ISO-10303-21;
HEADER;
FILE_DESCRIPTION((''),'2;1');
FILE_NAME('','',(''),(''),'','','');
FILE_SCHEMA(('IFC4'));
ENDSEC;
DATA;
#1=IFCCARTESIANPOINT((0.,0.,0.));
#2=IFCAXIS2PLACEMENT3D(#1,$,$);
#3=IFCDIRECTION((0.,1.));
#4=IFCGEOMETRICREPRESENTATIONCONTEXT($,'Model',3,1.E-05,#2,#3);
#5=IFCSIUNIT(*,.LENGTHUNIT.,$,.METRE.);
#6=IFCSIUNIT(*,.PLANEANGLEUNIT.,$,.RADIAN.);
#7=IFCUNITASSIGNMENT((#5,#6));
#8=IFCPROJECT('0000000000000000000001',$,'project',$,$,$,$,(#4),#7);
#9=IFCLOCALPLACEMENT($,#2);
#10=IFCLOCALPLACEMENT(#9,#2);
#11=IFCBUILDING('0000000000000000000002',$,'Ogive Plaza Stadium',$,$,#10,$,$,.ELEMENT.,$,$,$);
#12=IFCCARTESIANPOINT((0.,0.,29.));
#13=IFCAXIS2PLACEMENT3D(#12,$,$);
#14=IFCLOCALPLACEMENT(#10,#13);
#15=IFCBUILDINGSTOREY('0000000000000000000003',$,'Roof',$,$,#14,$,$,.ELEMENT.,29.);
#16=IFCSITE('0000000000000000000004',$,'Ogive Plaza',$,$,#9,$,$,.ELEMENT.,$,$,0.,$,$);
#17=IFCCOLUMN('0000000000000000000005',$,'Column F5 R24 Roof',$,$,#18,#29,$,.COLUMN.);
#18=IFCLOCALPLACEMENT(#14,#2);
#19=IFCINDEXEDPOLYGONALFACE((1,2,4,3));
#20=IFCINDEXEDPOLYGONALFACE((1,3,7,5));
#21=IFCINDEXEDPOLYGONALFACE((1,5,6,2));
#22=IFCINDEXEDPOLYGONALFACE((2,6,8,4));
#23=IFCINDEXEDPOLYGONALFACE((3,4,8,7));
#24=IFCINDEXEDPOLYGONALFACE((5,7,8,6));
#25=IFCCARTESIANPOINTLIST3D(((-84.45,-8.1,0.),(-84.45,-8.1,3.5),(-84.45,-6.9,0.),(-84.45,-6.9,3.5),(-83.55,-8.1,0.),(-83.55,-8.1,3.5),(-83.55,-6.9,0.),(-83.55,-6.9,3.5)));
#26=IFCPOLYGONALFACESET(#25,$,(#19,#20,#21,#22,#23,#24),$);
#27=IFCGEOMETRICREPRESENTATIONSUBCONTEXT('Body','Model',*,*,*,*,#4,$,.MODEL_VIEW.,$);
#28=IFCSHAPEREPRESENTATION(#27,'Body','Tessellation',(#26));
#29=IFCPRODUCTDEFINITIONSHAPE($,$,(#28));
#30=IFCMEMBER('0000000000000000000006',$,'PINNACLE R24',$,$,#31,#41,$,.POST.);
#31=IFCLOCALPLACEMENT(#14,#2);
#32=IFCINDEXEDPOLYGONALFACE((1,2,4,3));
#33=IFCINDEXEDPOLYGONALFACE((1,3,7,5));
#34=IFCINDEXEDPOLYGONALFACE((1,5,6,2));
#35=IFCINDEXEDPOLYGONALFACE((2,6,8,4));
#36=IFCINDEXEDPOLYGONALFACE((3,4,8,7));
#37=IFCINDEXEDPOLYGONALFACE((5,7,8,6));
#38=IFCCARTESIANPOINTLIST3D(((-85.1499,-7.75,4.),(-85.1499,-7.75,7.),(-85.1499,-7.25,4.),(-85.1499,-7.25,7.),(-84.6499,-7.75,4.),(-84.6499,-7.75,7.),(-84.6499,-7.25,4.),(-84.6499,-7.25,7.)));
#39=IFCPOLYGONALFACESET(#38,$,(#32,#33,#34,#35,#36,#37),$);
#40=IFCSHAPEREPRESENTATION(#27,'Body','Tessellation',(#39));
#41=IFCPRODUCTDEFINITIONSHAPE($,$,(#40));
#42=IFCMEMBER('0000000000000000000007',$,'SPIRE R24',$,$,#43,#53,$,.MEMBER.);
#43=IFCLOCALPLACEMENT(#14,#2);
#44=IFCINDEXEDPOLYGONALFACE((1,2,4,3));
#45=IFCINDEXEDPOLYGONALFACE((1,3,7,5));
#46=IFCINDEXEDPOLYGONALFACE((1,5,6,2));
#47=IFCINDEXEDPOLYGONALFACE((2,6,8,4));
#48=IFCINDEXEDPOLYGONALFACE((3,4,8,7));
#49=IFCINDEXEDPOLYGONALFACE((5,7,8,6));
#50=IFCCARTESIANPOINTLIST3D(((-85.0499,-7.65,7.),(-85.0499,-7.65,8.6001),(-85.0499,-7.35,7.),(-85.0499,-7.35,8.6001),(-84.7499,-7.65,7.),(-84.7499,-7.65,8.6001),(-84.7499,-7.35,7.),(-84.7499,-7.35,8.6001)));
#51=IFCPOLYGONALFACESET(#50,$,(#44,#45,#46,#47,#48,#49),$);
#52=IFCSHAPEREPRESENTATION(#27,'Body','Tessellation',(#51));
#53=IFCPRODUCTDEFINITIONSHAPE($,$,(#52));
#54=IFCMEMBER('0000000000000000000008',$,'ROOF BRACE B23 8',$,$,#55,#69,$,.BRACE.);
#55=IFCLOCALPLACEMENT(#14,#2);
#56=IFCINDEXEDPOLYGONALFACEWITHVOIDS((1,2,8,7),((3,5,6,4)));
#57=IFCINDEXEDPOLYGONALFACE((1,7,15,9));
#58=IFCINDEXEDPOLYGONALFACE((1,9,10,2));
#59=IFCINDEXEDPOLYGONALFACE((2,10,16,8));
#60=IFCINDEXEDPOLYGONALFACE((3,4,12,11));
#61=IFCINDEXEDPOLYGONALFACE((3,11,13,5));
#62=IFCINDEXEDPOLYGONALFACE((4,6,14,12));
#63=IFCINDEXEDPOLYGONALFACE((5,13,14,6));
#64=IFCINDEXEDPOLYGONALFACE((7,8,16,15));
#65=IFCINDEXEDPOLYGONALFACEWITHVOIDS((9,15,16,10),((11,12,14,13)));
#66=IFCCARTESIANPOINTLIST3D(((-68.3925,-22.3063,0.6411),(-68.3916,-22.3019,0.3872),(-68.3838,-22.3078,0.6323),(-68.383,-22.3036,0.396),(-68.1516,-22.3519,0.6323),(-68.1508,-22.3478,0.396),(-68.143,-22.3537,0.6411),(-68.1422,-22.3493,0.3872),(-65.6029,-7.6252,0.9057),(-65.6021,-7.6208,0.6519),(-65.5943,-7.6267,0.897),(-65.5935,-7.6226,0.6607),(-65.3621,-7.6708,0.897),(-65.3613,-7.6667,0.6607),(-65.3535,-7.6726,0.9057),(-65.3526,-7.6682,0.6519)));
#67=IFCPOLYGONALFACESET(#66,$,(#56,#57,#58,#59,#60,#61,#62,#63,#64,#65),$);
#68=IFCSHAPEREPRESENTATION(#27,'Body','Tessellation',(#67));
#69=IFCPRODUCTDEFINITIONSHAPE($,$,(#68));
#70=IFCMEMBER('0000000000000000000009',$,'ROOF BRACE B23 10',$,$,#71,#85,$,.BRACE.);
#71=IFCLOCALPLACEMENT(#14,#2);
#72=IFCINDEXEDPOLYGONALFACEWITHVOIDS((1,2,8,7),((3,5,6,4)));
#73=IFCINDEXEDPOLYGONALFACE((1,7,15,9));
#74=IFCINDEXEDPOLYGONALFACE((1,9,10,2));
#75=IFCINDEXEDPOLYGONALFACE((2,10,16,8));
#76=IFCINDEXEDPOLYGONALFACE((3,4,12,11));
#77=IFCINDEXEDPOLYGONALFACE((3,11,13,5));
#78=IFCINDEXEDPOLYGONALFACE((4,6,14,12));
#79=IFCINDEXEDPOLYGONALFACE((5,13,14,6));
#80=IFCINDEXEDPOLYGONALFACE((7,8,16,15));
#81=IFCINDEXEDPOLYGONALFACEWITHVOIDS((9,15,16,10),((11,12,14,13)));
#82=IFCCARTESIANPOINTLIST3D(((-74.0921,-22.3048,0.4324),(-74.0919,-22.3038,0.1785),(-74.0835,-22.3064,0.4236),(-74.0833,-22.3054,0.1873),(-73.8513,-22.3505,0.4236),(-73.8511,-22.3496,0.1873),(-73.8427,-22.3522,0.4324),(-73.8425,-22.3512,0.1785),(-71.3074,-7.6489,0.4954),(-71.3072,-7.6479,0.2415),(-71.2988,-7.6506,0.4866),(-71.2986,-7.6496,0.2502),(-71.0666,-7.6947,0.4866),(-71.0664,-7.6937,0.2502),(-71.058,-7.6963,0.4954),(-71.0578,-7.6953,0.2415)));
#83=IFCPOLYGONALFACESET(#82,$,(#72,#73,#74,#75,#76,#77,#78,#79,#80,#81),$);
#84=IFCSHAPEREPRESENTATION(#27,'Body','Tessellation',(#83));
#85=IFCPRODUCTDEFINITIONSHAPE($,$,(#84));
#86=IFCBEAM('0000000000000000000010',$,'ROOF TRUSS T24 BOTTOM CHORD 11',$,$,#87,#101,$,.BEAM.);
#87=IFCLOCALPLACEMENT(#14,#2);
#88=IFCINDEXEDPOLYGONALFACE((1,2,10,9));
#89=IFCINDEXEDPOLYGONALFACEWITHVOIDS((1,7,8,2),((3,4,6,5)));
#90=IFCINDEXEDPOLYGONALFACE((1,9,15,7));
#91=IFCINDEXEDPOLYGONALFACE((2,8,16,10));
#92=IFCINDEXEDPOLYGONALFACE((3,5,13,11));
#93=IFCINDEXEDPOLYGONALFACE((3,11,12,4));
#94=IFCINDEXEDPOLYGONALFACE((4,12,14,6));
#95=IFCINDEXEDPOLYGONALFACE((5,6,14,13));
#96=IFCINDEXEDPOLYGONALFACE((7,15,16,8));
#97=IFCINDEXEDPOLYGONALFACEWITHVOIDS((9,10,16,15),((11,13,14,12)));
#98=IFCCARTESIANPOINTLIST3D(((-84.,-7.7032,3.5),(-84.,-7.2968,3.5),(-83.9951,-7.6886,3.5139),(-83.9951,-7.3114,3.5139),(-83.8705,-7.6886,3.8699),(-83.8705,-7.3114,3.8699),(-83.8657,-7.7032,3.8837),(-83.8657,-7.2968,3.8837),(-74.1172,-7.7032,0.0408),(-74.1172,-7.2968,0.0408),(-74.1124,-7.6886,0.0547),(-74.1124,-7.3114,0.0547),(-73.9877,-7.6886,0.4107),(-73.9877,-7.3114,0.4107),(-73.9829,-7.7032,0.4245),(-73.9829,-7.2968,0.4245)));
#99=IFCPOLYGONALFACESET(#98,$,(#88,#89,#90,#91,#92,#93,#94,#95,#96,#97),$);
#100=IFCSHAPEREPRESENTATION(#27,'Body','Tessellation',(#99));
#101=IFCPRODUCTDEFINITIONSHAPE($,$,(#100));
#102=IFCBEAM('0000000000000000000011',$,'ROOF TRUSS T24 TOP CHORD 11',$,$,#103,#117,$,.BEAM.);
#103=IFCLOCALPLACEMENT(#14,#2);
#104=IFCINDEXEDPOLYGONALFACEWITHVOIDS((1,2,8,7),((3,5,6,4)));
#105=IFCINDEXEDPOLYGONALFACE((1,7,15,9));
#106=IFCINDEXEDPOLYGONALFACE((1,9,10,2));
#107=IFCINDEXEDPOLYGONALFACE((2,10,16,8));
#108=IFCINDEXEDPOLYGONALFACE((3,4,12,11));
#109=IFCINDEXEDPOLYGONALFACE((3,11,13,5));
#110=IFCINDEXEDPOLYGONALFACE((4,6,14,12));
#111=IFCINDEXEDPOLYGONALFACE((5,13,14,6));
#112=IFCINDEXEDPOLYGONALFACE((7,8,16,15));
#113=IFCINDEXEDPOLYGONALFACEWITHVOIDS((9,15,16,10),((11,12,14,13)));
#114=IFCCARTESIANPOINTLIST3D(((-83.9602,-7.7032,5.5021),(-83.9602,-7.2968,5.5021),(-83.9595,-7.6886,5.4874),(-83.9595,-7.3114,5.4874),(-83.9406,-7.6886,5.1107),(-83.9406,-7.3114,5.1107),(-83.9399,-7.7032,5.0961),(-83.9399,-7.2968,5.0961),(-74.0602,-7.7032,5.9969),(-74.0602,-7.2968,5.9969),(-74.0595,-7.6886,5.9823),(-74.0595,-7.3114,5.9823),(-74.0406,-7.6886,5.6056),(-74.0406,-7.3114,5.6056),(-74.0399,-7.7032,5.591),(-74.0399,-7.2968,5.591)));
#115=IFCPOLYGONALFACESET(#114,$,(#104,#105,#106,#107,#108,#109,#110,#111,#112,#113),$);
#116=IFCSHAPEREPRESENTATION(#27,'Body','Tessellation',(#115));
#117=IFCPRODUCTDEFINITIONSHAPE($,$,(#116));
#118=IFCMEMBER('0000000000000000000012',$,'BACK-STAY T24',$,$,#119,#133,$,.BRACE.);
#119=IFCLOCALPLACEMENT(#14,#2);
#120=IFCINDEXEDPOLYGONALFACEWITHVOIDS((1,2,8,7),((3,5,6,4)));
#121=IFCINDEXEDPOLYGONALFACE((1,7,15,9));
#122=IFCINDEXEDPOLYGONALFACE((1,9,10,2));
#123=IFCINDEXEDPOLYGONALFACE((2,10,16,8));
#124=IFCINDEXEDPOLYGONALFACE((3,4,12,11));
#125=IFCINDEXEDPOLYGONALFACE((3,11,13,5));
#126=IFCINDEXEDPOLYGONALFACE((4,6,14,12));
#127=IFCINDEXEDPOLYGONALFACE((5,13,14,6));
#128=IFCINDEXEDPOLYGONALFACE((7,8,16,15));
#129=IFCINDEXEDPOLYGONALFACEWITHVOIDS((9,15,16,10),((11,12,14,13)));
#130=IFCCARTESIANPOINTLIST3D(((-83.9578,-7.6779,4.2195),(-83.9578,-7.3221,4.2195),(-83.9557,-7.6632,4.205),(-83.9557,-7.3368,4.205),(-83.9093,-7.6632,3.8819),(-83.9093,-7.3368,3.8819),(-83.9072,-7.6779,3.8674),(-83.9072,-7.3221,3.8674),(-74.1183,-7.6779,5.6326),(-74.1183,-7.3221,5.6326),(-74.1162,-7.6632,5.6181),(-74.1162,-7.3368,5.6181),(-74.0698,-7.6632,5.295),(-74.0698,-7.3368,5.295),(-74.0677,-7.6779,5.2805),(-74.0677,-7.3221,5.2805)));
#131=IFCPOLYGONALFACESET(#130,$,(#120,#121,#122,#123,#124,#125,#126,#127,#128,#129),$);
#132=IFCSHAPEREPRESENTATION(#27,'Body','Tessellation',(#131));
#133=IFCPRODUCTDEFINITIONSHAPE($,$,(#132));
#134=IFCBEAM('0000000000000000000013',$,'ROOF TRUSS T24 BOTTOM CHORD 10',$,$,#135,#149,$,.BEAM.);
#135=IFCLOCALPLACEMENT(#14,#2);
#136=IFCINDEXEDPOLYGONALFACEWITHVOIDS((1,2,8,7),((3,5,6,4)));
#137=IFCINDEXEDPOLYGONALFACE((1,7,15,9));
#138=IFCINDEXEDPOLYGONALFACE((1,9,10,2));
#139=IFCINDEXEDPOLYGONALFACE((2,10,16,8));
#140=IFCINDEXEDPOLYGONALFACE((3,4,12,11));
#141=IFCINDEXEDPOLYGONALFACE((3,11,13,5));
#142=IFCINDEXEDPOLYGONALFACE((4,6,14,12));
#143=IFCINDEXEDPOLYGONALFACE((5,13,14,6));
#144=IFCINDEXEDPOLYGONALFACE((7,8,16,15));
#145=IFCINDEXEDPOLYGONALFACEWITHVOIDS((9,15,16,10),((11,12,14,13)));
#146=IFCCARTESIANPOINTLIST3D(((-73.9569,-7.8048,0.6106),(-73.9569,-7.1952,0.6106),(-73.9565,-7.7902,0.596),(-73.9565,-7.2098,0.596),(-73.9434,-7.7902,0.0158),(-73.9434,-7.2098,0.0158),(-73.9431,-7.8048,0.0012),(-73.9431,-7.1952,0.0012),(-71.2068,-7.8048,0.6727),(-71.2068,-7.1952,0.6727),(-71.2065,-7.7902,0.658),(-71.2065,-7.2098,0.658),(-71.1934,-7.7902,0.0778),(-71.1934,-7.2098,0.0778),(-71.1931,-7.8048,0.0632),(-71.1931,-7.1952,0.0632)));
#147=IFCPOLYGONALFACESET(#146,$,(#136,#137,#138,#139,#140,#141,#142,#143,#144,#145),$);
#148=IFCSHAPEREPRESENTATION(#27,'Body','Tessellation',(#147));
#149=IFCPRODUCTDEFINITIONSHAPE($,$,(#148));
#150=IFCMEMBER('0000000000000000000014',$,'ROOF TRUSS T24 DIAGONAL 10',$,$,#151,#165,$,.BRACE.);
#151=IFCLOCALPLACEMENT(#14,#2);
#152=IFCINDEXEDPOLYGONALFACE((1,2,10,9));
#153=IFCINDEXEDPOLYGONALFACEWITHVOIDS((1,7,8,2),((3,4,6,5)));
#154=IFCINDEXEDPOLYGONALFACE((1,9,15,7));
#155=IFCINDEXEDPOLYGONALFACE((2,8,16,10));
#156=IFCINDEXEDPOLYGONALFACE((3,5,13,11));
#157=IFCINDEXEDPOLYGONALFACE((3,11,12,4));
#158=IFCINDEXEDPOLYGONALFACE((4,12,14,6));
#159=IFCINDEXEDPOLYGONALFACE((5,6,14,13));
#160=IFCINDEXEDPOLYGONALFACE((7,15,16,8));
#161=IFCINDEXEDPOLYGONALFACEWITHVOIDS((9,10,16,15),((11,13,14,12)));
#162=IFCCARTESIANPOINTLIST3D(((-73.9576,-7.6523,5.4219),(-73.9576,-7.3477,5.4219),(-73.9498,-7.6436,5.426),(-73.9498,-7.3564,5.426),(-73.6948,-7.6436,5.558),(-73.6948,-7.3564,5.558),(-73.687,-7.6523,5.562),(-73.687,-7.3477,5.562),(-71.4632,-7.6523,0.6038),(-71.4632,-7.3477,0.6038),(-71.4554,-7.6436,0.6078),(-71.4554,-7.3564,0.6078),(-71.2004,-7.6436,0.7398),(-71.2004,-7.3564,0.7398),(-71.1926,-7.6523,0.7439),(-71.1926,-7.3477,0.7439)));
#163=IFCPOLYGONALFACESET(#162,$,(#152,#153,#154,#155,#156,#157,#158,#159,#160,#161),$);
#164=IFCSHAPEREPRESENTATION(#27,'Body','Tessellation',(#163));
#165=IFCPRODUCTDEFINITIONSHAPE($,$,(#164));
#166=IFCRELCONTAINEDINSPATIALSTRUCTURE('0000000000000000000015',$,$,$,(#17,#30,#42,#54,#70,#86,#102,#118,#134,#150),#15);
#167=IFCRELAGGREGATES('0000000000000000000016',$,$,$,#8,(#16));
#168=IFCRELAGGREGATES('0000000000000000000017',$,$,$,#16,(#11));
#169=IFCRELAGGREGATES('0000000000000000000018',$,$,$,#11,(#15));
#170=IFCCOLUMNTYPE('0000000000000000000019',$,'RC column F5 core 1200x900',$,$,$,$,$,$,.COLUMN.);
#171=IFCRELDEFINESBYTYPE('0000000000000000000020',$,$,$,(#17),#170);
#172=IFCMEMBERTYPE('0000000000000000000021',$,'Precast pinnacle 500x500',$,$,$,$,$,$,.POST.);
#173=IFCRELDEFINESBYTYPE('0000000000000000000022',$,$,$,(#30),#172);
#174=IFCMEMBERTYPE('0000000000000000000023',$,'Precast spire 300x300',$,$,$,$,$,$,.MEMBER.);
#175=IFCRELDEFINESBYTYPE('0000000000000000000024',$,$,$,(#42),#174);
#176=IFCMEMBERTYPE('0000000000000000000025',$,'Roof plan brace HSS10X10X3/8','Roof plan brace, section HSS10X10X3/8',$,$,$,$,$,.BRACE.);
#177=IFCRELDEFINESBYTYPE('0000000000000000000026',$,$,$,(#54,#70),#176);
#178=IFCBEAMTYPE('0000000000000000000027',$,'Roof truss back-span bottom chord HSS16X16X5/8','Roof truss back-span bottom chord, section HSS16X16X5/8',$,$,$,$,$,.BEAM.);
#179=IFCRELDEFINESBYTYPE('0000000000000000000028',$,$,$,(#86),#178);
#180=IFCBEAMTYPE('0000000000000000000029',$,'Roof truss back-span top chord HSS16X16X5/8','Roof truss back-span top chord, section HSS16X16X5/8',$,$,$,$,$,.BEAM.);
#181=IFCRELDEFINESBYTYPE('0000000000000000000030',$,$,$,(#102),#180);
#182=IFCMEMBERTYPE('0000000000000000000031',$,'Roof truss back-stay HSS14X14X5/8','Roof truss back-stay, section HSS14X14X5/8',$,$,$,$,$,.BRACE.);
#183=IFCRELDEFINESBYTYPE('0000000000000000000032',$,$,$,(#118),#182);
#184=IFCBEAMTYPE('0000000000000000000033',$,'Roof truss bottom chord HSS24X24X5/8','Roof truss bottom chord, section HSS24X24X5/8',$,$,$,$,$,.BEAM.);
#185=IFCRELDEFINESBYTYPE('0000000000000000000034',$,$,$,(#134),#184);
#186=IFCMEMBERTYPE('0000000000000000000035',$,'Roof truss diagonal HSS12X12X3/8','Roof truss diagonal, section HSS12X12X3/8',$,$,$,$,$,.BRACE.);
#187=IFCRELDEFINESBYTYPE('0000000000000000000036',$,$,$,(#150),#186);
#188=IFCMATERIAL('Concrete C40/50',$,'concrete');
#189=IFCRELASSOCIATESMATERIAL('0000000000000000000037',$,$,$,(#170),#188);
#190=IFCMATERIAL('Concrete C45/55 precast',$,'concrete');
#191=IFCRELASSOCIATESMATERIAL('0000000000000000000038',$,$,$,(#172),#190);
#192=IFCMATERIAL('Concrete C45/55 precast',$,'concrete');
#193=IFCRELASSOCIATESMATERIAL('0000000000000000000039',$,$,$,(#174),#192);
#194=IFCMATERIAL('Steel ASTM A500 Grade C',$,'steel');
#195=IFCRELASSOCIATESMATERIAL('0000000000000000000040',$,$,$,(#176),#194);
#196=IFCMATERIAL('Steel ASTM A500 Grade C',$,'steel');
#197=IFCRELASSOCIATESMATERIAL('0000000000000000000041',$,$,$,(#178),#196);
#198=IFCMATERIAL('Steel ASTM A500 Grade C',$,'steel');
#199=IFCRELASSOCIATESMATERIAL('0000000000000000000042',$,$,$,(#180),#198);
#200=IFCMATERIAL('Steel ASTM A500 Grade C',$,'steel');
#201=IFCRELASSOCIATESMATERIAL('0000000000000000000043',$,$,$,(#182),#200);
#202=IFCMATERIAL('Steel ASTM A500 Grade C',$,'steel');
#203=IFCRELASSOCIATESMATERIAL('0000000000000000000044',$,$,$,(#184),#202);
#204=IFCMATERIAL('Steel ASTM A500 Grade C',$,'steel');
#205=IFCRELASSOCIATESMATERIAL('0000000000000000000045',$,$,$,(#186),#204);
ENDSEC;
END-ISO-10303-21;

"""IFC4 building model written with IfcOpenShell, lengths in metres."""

from ifc_helpers import new_model, si_unit, direction, frame, origin, origin_2d, place, context, subcontext, project, spatial, rectangle, hollow_rectangle, extrude, material, material_profile, profile_set, type_object, element, save


model = new_model("IFC4")

# Units and contexts
model_context = context("Model", 3, precision=1e-05, world=origin(), true_north=direction((0.0, 1.0)))
body_context = subcontext(model_context, "Body", "Model", "MODEL_VIEW")
ifc_project = project(units=[si_unit("LENGTHUNIT", "METRE"), si_unit("PLANEANGLEUNIT", "RADIAN")], contexts=[model_context])

# Site, building, storey
site_placement = place(None, origin())
site = spatial("IfcSite", under=ifc_project, at=site_placement, Name="Ogive Plaza", CompositionType="ELEMENT", RefElevation=0.0)
building_placement = place(site_placement, origin())
building = spatial("IfcBuilding", under=site, at=building_placement, Name="Ogive Plaza Stadium", CompositionType="ELEMENT")
storey_placement = place(building_placement, frame((0.0, 0.0, 29.0)))
storey = spatial("IfcBuildingStorey", under=building, at=storey_placement, Name="Roof", CompositionType="ELEMENT", Elevation=29.0)

# Column
ifc_material_1 = material(Name="Concrete C40/50", Category="concrete")
ifc_material_profile_1 = material_profile(ifc_material_1, rectangle(XDim=1.2, YDim=0.8999, at=origin_2d()), Name="RC 1200x900")
ifc_profile_set_1 = profile_set([ifc_material_profile_1], Name="Concrete C40/50")
column_type = type_object("IfcColumnType", Name="RC column F5 core 1200x900", PredefinedType="COLUMN", material=ifc_profile_set_1)
column_placement = place(storey_placement, frame((-84.0, -7.5, 0.0), z_axis=(0.0, 0.0, 1.0), x_axis=(0.0, -1.0, 0.0)))
element("IfcColumn", 1, at=column_placement, inside=storey, type_object=column_type, Name="Column F5 R24 Roof", PredefinedType="COLUMN", context=body_context, shape_type="SweptSolid", body=[
    extrude(rectangle(XDim=1.2, YDim=0.8999, at=origin_2d()), origin(), (0.0, 0.0, 1.0), 3.5),
])

# Members
ifc_material_2 = material(Name="Concrete C45/55 precast", Category="concrete")
ifc_material_profile_2 = material_profile(ifc_material_2, rectangle(XDim=0.5, YDim=0.5, at=origin_2d()), Name="RC 500x500")
ifc_profile_set_2 = profile_set([ifc_material_profile_2], Name="Concrete C45/55 precast")
member_type_1 = type_object("IfcMemberType", Name="Precast pinnacle 500x500", PredefinedType="POST", material=ifc_profile_set_2)
member_1_placement = place(storey_placement, frame((-84.8999, -7.5, 4.0), z_axis=(0.0, 0.0, 1.0), x_axis=(0.0, -1.0, 0.0)))
element("IfcMember", 2, at=member_1_placement, inside=storey, type_object=member_type_1, Name="PINNACLE R24", PredefinedType="POST", context=body_context, shape_type="SweptSolid", body=[
    extrude(rectangle(XDim=0.5, YDim=0.5, at=origin_2d()), origin(), (0.0, 0.0, 1.0), 3.0),
])
ifc_material_3 = material(Name="Concrete C45/55 precast", Category="concrete")
ifc_material_profile_3 = material_profile(ifc_material_3, rectangle(XDim=0.3, YDim=0.3, at=origin_2d()), Name="RC 300x300")
ifc_profile_set_3 = profile_set([ifc_material_profile_3], Name="Concrete C45/55 precast")
member_type_2 = type_object("IfcMemberType", Name="Precast spire 300x300", PredefinedType="MEMBER", material=ifc_profile_set_3)
member_2_placement = place(storey_placement, frame((-84.8999, -7.5, 7.0), z_axis=(0.0, 0.0, 1.0), x_axis=(0.0, -1.0, 0.0)))
element("IfcMember", 3, at=member_2_placement, inside=storey, type_object=member_type_2, Name="SPIRE R24", PredefinedType="MEMBER", context=body_context, shape_type="SweptSolid", body=[
    extrude(rectangle(XDim=0.3, YDim=0.3, at=origin_2d()), origin(), (0.0, 0.0, 1.0), 1.6001),
])
ifc_material_4 = material(Name="Steel ASTM A500 Grade C", Category="steel")
ifc_material_profile_4 = material_profile(ifc_material_4, hollow_rectangle(XDim=0.2539, YDim=0.2539, WallThickness=0.0088, at=origin_2d()), Name="HSS10X10X3/8")
ifc_profile_set_4 = profile_set([ifc_material_profile_4], Name="Steel ASTM A500 Grade C")
member_type_3 = type_object("IfcMemberType", Name="Roof plan brace HSS10X10X3/8", Description="Roof plan brace, section HSS10X10X3/8", PredefinedType="BRACE", material=ifc_profile_set_4)
member_3_placement = place(storey_placement, frame((-65.4778, -7.6467, 0.7788), z_axis=(-0.18664, -0.982269, -0.017707), x_axis=(0.982423, -0.186669, 0.0)))
element("IfcMember", 4, at=member_3_placement, inside=storey, type_object=member_type_3, Name="ROOF BRACE B23 8", PredefinedType="BRACE", context=body_context, shape_type="SweptSolid", body=[
    extrude(hollow_rectangle(XDim=0.2539, YDim=0.2539, WallThickness=0.0088, at=origin_2d()), origin(), (0.0, 0.0, 1.0), 14.946),
])
member_4_placement = place(storey_placement, frame((-71.1826, -7.6721, 0.3684), z_axis=(-0.186664, -0.982415, -0.004222), x_axis=(0.982424, -0.186665, 0.0)))
element("IfcMember", 5, at=member_4_placement, inside=storey, type_object=member_type_3, Name="ROOF BRACE B23 10", PredefinedType="BRACE", context=body_context, shape_type="SweptSolid", body=[
    extrude(hollow_rectangle(XDim=0.2539, YDim=0.2539, WallThickness=0.0088, at=origin_2d()), origin(), (0.0, 0.0, 1.0), 14.9182),
])

# Beams
ifc_material_5 = material(Name="Steel ASTM A500 Grade C", Category="steel")
ifc_material_profile_5 = material_profile(ifc_material_5, hollow_rectangle(XDim=0.4065, YDim=0.4065, WallThickness=0.0146, at=origin_2d()), Name="HSS16X16X5/8")
ifc_profile_set_5 = profile_set([ifc_material_profile_5], Name="Steel ASTM A500 Grade C")
beam_type_1 = type_object("IfcBeamType", Name="Roof truss back-span bottom chord HSS16X16X5/8", Description="Roof truss back-span bottom chord, section HSS16X16X5/8", PredefinedType="BEAM", material=ifc_profile_set_5)
beam_1_placement = place(storey_placement, frame((-74.05, -7.5, 0.2327), z_axis=(-0.943851, 0.0, 0.330371), x_axis=(0.0, -1.0, 0.0)))
element("IfcBeam", 6, at=beam_1_placement, inside=storey, type_object=beam_type_1, Name="ROOF TRUSS T24 BOTTOM CHORD 11", PredefinedType="BEAM", context=body_context, shape_type="SweptSolid", body=[
    extrude(hollow_rectangle(XDim=0.4065, YDim=0.4065, WallThickness=0.0146, at=origin_2d()), origin(), (0.0, 0.0, 1.0), 10.4707),
])
ifc_material_6 = material(Name="Steel ASTM A500 Grade C", Category="steel")
ifc_material_profile_6 = material_profile(ifc_material_6, hollow_rectangle(XDim=0.4065, YDim=0.4065, WallThickness=0.0146, at=origin_2d()), Name="HSS16X16X5/8")
ifc_profile_set_6 = profile_set([ifc_material_profile_6], Name="Steel ASTM A500 Grade C")
beam_type_2 = type_object("IfcBeamType", Name="Roof truss back-span top chord HSS16X16X5/8", Description="Roof truss back-span top chord, section HSS16X16X5/8", PredefinedType="BEAM", material=ifc_profile_set_6)
beam_2_placement = place(storey_placement, frame((-74.05, -7.5, 5.7939), z_axis=(-0.998753, 0.0, -0.049925), x_axis=(0.0, -1.0, 0.0)))
element("IfcBeam", 7, at=beam_2_placement, inside=storey, type_object=beam_type_2, Name="ROOF TRUSS T24 TOP CHORD 11", PredefinedType="BEAM", context=body_context, shape_type="SweptSolid", body=[
    extrude(hollow_rectangle(XDim=0.4065, YDim=0.4065, WallThickness=0.0146, at=origin_2d()), origin(), (0.0, 0.0, 1.0), 9.9124),
])

# Member
ifc_material_7 = material(Name="Steel ASTM A500 Grade C", Category="steel")
ifc_material_profile_7 = material_profile(ifc_material_7, hollow_rectangle(XDim=0.3557, YDim=0.3557, WallThickness=0.0146, at=origin_2d()), Name="HSS14X14X5/8")
ifc_profile_set_7 = profile_set([ifc_material_profile_7], Name="Steel ASTM A500 Grade C")
member_type_4 = type_object("IfcMemberType", Name="Roof truss back-stay HSS14X14X5/8", Description="Roof truss back-stay, section HSS14X14X5/8", PredefinedType="BRACE", material=ifc_profile_set_7)
member_5_placement = place(storey_placement, frame((-74.093, -7.5, 5.4565), z_axis=(-0.989844, 0.0, -0.142157), x_axis=(0.0, -1.0, 0.0)))
element("IfcMember", 8, at=member_5_placement, inside=storey, type_object=member_type_4, Name="BACK-STAY T24", PredefinedType="BRACE", context=body_context, shape_type="SweptSolid", body=[
    extrude(hollow_rectangle(XDim=0.3557, YDim=0.3557, WallThickness=0.0146, at=origin_2d()), origin(), (0.0, 0.0, 1.0), 9.9404),
])

# Beam
ifc_material_8 = material(Name="Steel ASTM A500 Grade C", Category="steel")
ifc_material_profile_8 = material_profile(ifc_material_8, hollow_rectangle(XDim=0.6096, YDim=0.6096, WallThickness=0.0146, at=origin_2d()), Name="HSS24X24X5/8")
ifc_profile_set_8 = profile_set([ifc_material_profile_8], Name="Steel ASTM A500 Grade C")
beam_type_3 = type_object("IfcBeamType", Name="Roof truss bottom chord HSS24X24X5/8", Description="Roof truss bottom chord, section HSS24X24X5/8", PredefinedType="BEAM", material=ifc_profile_set_8)
beam_3_placement = place(storey_placement, frame((-71.2, -7.5, 0.3679), z_axis=(-0.999746, 0.0, -0.022544), x_axis=(0.0, -1.0, 0.0)))
element("IfcBeam", 9, at=beam_3_placement, inside=storey, type_object=beam_type_3, Name="ROOF TRUSS T24 BOTTOM CHORD 10", PredefinedType="BEAM", context=body_context, shape_type="SweptSolid", body=[
    extrude(hollow_rectangle(XDim=0.6096, YDim=0.6096, WallThickness=0.0146, at=origin_2d()), origin(), (0.0, 0.0, 1.0), 2.7507),
])

# Member
ifc_material_9 = material(Name="Steel ASTM A500 Grade C", Category="steel")
ifc_material_profile_9 = material_profile(ifc_material_9, hollow_rectangle(XDim=0.3047, YDim=0.3047, WallThickness=0.0088, at=origin_2d()), Name="HSS12X12X3/8")
ifc_profile_set_9 = profile_set([ifc_material_profile_9], Name="Steel ASTM A500 Grade C")
member_type_5 = type_object("IfcMemberType", Name="Roof truss diagonal HSS12X12X3/8", Description="Roof truss diagonal, section HSS12X12X3/8", PredefinedType="BRACE", material=ifc_profile_set_9)
member_6_placement = place(storey_placement, frame((-71.3279, -7.5, 0.6738), z_axis=(-0.459751, 0.0, 0.888048), x_axis=(0.0, -1.0, 0.0)))
element("IfcMember", 10, at=member_6_placement, inside=storey, type_object=member_type_5, Name="ROOF TRUSS T24 DIAGONAL 10", PredefinedType="BRACE", context=body_context, shape_type="SweptSolid", body=[
    extrude(hollow_rectangle(XDim=0.3047, YDim=0.3047, WallThickness=0.0088, at=origin_2d()), origin(), (0.0, 0.0, 1.0), 5.4255),
])

save(model, "model.ifc")
